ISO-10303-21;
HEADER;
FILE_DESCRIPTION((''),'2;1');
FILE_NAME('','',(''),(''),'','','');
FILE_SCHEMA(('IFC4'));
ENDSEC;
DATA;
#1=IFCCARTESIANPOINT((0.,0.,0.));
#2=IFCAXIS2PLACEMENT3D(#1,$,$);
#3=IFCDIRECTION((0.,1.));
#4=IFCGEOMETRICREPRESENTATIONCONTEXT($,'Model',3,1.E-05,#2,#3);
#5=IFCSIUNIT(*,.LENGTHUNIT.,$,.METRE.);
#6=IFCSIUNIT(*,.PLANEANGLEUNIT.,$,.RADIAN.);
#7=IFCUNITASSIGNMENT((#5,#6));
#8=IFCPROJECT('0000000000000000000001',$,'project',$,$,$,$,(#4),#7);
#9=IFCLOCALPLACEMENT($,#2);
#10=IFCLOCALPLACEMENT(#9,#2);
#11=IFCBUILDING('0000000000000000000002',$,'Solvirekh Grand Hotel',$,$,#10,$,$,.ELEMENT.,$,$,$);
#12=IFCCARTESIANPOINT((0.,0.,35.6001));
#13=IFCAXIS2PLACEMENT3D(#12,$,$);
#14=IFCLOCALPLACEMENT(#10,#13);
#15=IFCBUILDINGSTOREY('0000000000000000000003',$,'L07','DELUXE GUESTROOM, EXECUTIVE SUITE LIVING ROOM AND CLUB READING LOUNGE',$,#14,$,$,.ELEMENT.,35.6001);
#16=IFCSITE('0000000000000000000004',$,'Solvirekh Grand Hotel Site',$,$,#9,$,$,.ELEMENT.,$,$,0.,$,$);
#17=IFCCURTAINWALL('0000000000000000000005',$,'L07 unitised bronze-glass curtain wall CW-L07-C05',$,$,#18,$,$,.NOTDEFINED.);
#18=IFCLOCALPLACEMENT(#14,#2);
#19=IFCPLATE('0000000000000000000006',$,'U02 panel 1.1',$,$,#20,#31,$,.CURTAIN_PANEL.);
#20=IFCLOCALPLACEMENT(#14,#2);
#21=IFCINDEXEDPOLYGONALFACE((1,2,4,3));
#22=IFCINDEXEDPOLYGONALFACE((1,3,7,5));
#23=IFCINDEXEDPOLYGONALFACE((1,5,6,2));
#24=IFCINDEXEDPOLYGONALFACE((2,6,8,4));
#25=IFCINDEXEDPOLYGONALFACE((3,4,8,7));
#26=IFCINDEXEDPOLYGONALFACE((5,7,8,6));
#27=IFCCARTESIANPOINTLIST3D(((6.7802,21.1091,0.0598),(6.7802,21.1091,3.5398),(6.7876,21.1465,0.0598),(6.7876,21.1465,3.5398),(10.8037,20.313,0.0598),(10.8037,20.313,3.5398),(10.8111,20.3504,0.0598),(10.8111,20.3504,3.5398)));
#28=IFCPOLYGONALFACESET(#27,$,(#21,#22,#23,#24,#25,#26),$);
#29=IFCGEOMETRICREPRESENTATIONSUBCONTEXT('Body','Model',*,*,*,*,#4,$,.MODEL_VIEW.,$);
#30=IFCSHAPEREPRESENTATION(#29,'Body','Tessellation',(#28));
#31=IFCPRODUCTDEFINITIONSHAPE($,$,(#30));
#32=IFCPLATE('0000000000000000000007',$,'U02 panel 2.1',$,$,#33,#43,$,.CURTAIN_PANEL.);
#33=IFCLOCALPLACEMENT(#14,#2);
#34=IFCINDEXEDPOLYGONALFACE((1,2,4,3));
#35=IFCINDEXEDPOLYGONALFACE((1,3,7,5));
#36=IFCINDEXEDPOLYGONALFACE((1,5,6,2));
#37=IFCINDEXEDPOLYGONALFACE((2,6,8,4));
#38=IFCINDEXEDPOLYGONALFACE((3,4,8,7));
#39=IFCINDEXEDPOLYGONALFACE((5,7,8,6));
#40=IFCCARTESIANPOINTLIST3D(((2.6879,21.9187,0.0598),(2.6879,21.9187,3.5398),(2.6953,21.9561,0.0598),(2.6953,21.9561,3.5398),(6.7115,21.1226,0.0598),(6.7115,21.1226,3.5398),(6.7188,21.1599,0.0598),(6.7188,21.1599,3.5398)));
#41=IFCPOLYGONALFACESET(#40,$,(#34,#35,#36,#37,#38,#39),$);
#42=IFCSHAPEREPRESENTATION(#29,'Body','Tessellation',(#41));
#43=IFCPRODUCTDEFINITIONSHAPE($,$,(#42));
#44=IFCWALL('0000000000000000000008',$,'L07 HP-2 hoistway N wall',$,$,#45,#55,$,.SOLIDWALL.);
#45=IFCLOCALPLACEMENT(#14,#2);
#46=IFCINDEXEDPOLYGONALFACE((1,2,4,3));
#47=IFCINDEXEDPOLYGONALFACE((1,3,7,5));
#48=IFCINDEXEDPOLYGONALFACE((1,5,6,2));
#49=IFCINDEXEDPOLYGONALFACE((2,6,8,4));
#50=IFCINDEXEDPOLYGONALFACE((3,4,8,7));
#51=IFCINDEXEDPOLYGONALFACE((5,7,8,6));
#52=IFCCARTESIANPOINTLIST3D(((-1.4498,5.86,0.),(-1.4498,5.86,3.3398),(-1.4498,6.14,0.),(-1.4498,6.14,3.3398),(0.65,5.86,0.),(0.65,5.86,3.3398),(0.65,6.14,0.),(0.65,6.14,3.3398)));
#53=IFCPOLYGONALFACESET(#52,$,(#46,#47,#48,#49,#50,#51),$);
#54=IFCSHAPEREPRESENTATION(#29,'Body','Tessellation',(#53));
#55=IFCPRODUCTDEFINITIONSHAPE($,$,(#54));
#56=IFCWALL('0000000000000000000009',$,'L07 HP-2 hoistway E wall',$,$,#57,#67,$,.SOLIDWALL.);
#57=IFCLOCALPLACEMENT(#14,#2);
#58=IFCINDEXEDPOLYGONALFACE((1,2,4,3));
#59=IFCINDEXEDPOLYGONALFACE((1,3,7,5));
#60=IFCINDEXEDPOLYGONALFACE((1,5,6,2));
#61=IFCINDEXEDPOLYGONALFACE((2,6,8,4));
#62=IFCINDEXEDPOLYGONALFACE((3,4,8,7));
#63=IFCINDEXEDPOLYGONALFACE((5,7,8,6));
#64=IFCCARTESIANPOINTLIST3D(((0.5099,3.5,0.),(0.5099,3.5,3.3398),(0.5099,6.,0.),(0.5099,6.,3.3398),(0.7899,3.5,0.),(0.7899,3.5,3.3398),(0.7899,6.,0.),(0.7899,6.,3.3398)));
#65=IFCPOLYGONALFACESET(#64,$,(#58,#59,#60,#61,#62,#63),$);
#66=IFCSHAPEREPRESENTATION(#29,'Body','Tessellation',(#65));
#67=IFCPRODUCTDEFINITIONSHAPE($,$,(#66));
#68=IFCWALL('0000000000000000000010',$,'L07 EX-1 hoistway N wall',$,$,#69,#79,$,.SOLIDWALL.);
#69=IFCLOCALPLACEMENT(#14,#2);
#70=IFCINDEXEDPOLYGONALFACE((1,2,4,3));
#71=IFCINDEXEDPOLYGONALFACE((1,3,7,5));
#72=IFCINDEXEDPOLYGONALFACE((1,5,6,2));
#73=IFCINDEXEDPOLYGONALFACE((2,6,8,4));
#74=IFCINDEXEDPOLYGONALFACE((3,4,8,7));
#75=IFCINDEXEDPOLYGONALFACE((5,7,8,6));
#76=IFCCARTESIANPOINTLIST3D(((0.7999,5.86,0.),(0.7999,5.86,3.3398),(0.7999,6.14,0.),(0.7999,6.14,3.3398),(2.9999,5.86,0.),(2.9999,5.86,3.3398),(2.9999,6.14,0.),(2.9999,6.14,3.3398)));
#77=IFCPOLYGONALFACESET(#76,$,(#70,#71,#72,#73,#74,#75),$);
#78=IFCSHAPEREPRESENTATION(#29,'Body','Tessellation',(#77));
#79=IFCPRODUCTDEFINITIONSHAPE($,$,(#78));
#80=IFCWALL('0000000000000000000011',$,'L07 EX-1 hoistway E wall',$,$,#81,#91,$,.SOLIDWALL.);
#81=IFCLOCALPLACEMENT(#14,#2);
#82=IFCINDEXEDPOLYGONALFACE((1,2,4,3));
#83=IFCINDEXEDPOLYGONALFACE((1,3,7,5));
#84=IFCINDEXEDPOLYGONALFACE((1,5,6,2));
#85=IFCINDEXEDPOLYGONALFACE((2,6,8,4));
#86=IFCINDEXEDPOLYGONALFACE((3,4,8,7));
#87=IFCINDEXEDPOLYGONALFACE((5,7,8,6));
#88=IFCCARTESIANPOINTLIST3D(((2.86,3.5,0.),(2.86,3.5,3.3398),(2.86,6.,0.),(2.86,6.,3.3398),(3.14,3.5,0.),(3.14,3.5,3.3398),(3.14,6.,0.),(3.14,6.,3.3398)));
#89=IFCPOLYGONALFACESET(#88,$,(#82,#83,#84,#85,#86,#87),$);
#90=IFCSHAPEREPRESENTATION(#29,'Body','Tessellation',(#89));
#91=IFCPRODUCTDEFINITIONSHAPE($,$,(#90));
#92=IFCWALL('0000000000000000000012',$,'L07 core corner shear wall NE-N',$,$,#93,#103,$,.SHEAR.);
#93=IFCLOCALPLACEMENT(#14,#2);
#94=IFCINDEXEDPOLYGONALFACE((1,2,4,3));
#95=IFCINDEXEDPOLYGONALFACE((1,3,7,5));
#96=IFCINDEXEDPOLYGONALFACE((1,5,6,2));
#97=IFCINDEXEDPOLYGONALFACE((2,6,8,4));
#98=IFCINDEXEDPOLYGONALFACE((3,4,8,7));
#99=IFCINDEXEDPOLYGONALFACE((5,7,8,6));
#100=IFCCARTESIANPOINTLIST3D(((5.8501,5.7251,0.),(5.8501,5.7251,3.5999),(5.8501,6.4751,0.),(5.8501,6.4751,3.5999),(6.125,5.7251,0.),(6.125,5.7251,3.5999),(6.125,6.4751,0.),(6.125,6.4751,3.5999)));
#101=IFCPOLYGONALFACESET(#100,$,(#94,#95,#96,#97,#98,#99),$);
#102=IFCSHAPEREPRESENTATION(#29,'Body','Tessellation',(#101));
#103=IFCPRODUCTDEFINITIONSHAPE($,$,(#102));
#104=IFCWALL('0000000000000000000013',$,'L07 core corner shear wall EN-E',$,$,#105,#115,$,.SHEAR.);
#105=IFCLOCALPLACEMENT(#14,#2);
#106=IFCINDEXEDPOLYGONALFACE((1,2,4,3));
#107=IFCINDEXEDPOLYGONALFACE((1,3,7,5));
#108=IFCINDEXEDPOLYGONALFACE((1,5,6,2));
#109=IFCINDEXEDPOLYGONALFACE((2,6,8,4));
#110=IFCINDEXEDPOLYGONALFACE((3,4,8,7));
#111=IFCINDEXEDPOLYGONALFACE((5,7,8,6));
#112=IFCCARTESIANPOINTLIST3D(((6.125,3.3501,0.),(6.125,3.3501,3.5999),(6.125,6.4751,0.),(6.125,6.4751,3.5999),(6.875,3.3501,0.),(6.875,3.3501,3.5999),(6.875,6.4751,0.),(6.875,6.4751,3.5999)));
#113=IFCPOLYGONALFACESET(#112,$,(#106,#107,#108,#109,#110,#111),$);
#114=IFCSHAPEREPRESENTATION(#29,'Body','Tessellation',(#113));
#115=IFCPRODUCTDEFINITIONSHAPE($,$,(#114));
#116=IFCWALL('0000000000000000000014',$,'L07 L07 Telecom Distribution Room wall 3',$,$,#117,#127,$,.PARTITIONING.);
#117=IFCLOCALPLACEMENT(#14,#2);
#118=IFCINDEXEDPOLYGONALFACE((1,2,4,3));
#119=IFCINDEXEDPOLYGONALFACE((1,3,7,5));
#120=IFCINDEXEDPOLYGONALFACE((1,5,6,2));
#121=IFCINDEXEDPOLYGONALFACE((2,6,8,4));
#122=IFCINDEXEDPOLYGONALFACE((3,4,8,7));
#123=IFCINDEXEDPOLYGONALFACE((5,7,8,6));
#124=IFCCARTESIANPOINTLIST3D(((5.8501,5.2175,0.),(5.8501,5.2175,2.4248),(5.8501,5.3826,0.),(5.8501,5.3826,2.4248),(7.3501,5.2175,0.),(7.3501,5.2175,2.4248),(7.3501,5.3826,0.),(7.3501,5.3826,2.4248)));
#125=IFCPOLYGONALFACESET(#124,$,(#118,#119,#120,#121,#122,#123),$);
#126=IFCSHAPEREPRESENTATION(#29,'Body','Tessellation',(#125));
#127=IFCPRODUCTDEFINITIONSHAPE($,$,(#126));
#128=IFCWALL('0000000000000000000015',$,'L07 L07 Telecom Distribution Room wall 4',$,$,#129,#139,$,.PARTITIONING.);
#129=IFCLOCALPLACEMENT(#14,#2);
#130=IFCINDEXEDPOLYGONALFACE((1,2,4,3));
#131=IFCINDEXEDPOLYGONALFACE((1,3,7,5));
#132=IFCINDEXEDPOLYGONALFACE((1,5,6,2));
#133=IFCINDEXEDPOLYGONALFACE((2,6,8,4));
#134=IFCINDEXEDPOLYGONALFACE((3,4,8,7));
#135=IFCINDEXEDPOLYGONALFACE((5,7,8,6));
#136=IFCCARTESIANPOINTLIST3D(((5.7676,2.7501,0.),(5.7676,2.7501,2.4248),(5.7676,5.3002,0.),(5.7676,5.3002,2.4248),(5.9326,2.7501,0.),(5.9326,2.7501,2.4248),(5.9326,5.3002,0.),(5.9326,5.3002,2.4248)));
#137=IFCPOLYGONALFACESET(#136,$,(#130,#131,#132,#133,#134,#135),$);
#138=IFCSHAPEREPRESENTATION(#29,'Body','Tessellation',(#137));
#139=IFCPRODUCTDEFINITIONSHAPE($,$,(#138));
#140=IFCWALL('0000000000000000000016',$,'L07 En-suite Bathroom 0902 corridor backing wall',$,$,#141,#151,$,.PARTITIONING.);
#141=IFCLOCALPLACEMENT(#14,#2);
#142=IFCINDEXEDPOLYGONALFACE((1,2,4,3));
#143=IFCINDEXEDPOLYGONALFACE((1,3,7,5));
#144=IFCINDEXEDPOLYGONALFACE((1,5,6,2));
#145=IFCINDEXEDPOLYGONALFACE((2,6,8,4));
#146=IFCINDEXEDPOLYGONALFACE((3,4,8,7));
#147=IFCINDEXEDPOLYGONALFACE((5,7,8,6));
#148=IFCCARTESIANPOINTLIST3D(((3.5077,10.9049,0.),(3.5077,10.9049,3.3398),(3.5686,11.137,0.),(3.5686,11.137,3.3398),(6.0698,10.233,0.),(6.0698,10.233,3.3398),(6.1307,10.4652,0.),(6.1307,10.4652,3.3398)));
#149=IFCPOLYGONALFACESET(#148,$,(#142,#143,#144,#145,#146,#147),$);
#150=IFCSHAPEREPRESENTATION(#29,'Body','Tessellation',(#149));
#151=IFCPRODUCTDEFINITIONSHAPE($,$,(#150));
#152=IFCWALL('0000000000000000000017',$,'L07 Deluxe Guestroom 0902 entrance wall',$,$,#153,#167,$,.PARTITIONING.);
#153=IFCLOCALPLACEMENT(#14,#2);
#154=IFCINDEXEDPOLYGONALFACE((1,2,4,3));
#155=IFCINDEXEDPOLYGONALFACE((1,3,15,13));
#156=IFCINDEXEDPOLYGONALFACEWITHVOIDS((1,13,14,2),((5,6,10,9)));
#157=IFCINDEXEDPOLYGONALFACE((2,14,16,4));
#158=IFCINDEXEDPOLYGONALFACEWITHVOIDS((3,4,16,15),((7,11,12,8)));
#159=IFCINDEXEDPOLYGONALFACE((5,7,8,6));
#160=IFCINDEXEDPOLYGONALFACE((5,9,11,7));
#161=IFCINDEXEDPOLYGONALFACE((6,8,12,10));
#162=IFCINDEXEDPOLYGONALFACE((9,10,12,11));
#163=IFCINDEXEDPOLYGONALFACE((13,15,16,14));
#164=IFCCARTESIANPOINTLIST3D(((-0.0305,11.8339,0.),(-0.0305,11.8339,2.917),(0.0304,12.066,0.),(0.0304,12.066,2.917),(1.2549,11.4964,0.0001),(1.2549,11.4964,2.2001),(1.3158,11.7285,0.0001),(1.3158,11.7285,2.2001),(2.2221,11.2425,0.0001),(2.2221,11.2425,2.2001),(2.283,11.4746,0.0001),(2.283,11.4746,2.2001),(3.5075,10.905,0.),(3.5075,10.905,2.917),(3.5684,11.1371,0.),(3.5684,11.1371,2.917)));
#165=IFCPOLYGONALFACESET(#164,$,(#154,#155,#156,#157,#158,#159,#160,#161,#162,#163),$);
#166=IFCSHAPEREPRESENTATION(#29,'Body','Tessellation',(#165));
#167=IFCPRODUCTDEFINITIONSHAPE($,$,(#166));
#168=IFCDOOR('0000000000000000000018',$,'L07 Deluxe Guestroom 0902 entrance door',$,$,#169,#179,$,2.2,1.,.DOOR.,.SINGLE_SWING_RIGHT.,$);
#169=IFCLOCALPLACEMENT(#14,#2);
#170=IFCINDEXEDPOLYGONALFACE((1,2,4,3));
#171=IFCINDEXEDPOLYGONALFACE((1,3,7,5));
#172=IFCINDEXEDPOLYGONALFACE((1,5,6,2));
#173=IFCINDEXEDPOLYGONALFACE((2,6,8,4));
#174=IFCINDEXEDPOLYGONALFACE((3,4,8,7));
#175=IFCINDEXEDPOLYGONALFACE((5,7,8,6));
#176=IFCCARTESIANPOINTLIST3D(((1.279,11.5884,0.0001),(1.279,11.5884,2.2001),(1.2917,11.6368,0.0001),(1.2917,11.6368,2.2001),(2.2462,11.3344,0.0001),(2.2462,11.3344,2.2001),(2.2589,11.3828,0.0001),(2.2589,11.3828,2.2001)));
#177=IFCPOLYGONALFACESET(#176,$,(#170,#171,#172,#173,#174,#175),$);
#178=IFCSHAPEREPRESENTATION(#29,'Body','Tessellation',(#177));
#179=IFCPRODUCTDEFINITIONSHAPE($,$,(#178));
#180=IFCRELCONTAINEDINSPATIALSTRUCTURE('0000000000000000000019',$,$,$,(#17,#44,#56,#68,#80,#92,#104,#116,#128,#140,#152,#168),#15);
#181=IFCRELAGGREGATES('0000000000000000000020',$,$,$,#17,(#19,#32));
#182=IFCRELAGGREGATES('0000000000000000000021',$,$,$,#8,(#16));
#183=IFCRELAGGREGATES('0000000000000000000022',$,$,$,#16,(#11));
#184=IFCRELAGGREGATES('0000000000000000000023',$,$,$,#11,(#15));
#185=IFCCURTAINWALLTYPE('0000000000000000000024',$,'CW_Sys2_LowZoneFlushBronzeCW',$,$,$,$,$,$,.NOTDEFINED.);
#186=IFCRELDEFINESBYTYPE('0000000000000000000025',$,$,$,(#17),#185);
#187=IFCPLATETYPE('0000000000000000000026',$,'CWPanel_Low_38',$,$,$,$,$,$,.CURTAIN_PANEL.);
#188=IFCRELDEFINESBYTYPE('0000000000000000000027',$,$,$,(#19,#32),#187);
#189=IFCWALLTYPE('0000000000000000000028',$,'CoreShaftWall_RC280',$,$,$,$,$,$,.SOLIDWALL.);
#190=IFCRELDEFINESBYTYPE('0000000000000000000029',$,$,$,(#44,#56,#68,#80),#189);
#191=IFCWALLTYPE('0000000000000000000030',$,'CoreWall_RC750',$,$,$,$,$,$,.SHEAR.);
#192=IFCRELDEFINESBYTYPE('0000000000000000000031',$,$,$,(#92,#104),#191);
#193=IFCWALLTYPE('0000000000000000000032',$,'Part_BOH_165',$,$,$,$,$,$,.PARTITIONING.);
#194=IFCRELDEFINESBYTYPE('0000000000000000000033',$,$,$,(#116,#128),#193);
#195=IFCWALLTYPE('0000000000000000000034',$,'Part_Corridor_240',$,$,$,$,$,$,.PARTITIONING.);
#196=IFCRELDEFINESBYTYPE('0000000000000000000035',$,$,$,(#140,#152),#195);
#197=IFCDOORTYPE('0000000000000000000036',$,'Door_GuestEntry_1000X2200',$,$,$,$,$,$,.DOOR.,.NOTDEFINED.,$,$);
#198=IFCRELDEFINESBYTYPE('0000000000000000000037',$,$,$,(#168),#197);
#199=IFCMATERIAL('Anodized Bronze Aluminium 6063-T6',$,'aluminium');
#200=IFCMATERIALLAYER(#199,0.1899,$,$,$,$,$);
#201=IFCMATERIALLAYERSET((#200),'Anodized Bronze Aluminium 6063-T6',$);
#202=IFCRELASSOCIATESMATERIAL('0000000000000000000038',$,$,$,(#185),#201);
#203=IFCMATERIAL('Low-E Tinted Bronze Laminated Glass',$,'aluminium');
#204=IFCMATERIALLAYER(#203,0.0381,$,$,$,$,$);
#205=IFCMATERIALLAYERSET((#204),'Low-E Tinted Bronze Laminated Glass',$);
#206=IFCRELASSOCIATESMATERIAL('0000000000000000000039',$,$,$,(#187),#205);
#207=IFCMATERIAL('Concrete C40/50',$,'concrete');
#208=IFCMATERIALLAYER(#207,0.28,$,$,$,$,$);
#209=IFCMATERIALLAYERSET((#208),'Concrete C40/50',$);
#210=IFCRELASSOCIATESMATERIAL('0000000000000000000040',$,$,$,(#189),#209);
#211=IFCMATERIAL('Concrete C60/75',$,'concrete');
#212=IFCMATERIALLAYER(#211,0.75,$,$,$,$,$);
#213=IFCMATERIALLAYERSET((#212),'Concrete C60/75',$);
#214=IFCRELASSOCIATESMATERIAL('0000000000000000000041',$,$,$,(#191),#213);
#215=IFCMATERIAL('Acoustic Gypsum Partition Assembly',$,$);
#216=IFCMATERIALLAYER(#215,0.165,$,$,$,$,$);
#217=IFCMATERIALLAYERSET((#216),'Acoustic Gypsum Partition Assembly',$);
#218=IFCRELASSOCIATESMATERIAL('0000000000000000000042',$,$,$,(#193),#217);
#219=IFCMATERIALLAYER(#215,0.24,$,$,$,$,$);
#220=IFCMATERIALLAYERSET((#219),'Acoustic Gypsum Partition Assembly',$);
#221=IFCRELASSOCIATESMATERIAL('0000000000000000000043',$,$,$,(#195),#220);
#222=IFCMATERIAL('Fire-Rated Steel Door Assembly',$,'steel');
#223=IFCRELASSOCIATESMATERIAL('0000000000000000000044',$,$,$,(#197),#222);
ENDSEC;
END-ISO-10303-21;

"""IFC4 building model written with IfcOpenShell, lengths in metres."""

from ifc_helpers import new_model, si_unit, direction, frame, frame_2d, origin, origin_2d, place, context, subcontext, project, spatial, rectangle, extrude, source, transform, mapped, material, layer, layer_set, type_object, element, fill, aggregate, save


model = new_model("IFC4")

# Units and contexts
model_context = context("Model", 3, precision=1e-05, world=origin(), true_north=direction((0.0, 1.0)))
body_context = subcontext(model_context, "Body", "Model", "MODEL_VIEW")
ifc_project = project(units=[si_unit("LENGTHUNIT", "METRE"), si_unit("PLANEANGLEUNIT", "RADIAN")], contexts=[model_context])

# Site, building, storey
site_placement = place(None, origin())
site = spatial("IfcSite", under=ifc_project, at=site_placement, Name="Solvirekh Grand Hotel Site", CompositionType="ELEMENT", RefElevation=0.0)
building_placement = place(site_placement, origin())
building = spatial("IfcBuilding", under=site, at=building_placement, Name="Solvirekh Grand Hotel", CompositionType="ELEMENT")
storey_placement = place(building_placement, frame((0.0, 0.0, 35.6001)))
storey = spatial("IfcBuildingStorey", under=building, at=storey_placement, Name="L07", Description="DELUXE GUESTROOM, EXECUTIVE SUITE LIVING ROOM AND CLUB READING LOUNGE", CompositionType="ELEMENT", Elevation=35.6001)

# Shared definitions
ifc_material_1 = material(Name="Concrete C60/75", Category="concrete")

# Curtain wall, plates
ifc_material_2 = material(Name="Anodized Bronze Aluminium 6063-T6", Category="aluminium")
ifc_layer_1 = layer(ifc_material_2, 0.1899)
ifc_layer_set_1 = layer_set([ifc_layer_1], Name="Anodized Bronze Aluminium 6063-T6")
curtain_wall_type = type_object("IfcCurtainWallType", Name="CW_Sys2_LowZoneFlushBronzeCW", PredefinedType="NOTDEFINED", material=ifc_layer_set_1)
curtain_wall_placement = place(storey_placement, origin())
curtain_wall = element("IfcCurtainWall", 1, at=curtain_wall_placement, inside=storey, type_object=curtain_wall_type, Name="L07 unitised bronze-glass curtain wall CW-L07-C05", PredefinedType="NOTDEFINED")
ifc_material_3 = material(Name="Low-E Tinted Bronze Laminated Glass", Category="aluminium")
ifc_layer_2 = layer(ifc_material_3, 0.0381)
ifc_layer_set_2 = layer_set([ifc_layer_2], Name="Low-E Tinted Bronze Laminated Glass")
plate_type = type_object("IfcPlateType", Name="CWPanel_Low_38", PredefinedType="CURTAIN_PANEL", material=ifc_layer_set_2)
shared_shape_1 = source(origin(), body_context, "Body", "SweptSolid", [
    extrude(rectangle(XDim=4.1016, YDim=0.0381, at=origin_2d()), origin(), (0.0, 0.0, 1.0), 3.48),
])
plate_1_placement = place(storey_placement, frame((8.7957, 20.7297, 0.0598), z_axis=(0.0, 0.0, 1.0), x_axis=(-0.980981, 0.194104, 0.0)))
plate_1 = element("IfcPlate", 2, at=plate_1_placement, type_object=plate_type, Name="U02 panel 1.1", PredefinedType="CURTAIN_PANEL", context=body_context, shape_type="MappedRepresentation", body=[
    mapped(shared_shape_1, transform((0.0, 0.0, 0.0), x_axis=(1.0, 0.0, 0.0), y_axis=(0.0, 1.0, 0.0), z_axis=(0.0, 0.0, 1.0), scale=1.0)),
])
plate_2_placement = place(storey_placement, frame((4.7034, 21.5393, 0.0598), z_axis=(0.0, 0.0, 1.0), x_axis=(-0.980981, 0.194104, 0.0)))
plate_2 = element("IfcPlate", 3, at=plate_2_placement, type_object=plate_type, Name="U02 panel 2.1", PredefinedType="CURTAIN_PANEL", context=body_context, shape_type="MappedRepresentation", body=[
    mapped(shared_shape_1, transform((0.0, 0.0, 0.0), x_axis=(1.0, 0.0, 0.0), y_axis=(0.0, 1.0, 0.0), z_axis=(0.0, 0.0, 1.0), scale=1.0)),
])
aggregate(curtain_wall, [plate_1, plate_2])

# Walls
ifc_material_4 = material(Name="Concrete C40/50", Category="concrete")
ifc_layer_3 = layer(ifc_material_4, 0.28)
ifc_layer_set_3 = layer_set([ifc_layer_3], Name="Concrete C40/50")
wall_type_1 = type_object("IfcWallType", Name="CoreShaftWall_RC280", PredefinedType="SOLIDWALL", material=ifc_layer_set_3)
wall_1_placement = place(storey_placement, frame((0.6499, 6.0, 0.0), z_axis=(0.0, 0.0, 1.0), x_axis=(-1.0, 0.0, 0.0)))
element("IfcWall", 4, at=wall_1_placement, inside=storey, type_object=wall_type_1, Name="L07 HP-2 hoistway N wall", PredefinedType="SOLIDWALL", context=body_context, shape_type="SweptSolid", body=[
    extrude(rectangle(XDim=2.0999, YDim=0.28, at=frame_2d((1.0498, 0.0))), origin(), (0.0, 0.0, 1.0), 3.3398),
])
wall_2_placement = place(storey_placement, frame((0.6499, 3.5, 0.0), z_axis=(0.0, 0.0, 1.0), x_axis=(0.0, 1.0, 0.0)))
element("IfcWall", 5, at=wall_2_placement, inside=storey, type_object=wall_type_1, Name="L07 HP-2 hoistway E wall", PredefinedType="SOLIDWALL", context=body_context, shape_type="SweptSolid", body=[
    extrude(rectangle(XDim=2.5, YDim=0.28, at=frame_2d((1.25, 0.0))), origin(), (0.0, 0.0, 1.0), 3.3398),
])
wall_3_placement = place(storey_placement, frame((3.0, 6.0, 0.0), z_axis=(0.0, 0.0, 1.0), x_axis=(-1.0, 0.0, 0.0)))
element("IfcWall", 6, at=wall_3_placement, inside=storey, type_object=wall_type_1, Name="L07 EX-1 hoistway N wall", PredefinedType="SOLIDWALL", context=body_context, shape_type="SweptSolid", body=[
    extrude(rectangle(XDim=2.2, YDim=0.28, at=frame_2d((1.1001, 0.0))), origin(), (0.0, 0.0, 1.0), 3.3398),
])
wall_4_placement = place(storey_placement, frame((3.0, 3.5, 0.0), z_axis=(0.0, 0.0, 1.0), x_axis=(0.0, 1.0, 0.0)))
element("IfcWall", 7, at=wall_4_placement, inside=storey, type_object=wall_type_1, Name="L07 EX-1 hoistway E wall", PredefinedType="SOLIDWALL", context=body_context, shape_type="SweptSolid", body=[
    extrude(rectangle(XDim=2.5, YDim=0.28, at=frame_2d((1.25, 0.0))), origin(), (0.0, 0.0, 1.0), 3.3398),
])
ifc_layer_4 = layer(ifc_material_1, 0.75)
ifc_layer_set_4 = layer_set([ifc_layer_4], Name="Concrete C60/75")
wall_type_2 = type_object("IfcWallType", Name="CoreWall_RC750", PredefinedType="SHEAR", material=ifc_layer_set_4)
wall_5_placement = place(storey_placement, frame((5.8501, 6.1001, 0.0), z_axis=(0.0, 0.0, 1.0), x_axis=(1.0, 0.0, 0.0)))
element("IfcWall", 8, at=wall_5_placement, inside=storey, type_object=wall_type_2, Name="L07 core corner shear wall NE-N", PredefinedType="SHEAR", context=body_context, shape_type="SweptSolid", body=[
    extrude(rectangle(XDim=0.2749, YDim=0.75, at=frame_2d((0.1375, 0.0))), origin(), (0.0, 0.0, 1.0), 3.5999),
])
wall_6_placement = place(storey_placement, frame((6.5, 3.3501, 0.0), z_axis=(0.0, 0.0, 1.0), x_axis=(0.0, 1.0, 0.0)))
element("IfcWall", 9, at=wall_6_placement, inside=storey, type_object=wall_type_2, Name="L07 core corner shear wall EN-E", PredefinedType="SHEAR", context=body_context, shape_type="SweptSolid", body=[
    extrude(rectangle(XDim=3.125, YDim=0.75, at=frame_2d((1.5625, 0.0))), origin(), (0.0, 0.0, 1.0), 3.5999),
])

# Shared definitions
ifc_material_5 = material(Name="Acoustic Gypsum Partition Assembly")
ifc_layer_5 = layer(ifc_material_5, 0.165)
ifc_layer_set_5 = layer_set([ifc_layer_5], Name="Acoustic Gypsum Partition Assembly")
wall_type_3 = type_object("IfcWallType", Name="Part_BOH_165", PredefinedType="PARTITIONING", material=ifc_layer_set_5)
ifc_material_6 = material(Name="Fire-Rated Steel Door Assembly", Category="steel")

# Walls
wall_7_placement = place(storey_placement, frame((7.3501, 5.3, 0.0), z_axis=(0.0, 0.0, 1.0), x_axis=(-1.0, 0.0, 0.0)))
element("IfcWall", 10, at=wall_7_placement, inside=storey, type_object=wall_type_3, Name="L07 L07 Telecom Distribution Room wall 3", PredefinedType="PARTITIONING", context=body_context, shape_type="SweptSolid", body=[
    extrude(rectangle(XDim=1.5, YDim=0.165, at=frame_2d((0.75, 0.0))), origin(), (0.0, 0.0, 1.0), 2.4248),
])
wall_8_placement = place(storey_placement, frame((5.8501, 5.3, 0.0), z_axis=(0.0, 0.0, 1.0), x_axis=(0.0, -1.0, 0.0)))
element("IfcWall", 11, at=wall_8_placement, inside=storey, type_object=wall_type_3, Name="L07 L07 Telecom Distribution Room wall 4", PredefinedType="PARTITIONING", context=body_context, shape_type="SweptSolid", body=[
    extrude(rectangle(XDim=2.55, YDim=0.165, at=frame_2d((1.2749, 0.0))), origin(), (0.0, 0.0, 1.0), 2.4248),
])
ifc_layer_6 = layer(ifc_material_5, 0.24)
ifc_layer_set_6 = layer_set([ifc_layer_6], Name="Acoustic Gypsum Partition Assembly")
wall_type_4 = type_object("IfcWallType", Name="Part_Corridor_240", PredefinedType="PARTITIONING", material=ifc_layer_set_6)
wall_9_placement = place(storey_placement, frame((6.1001, 10.3491, 0.0), z_axis=(0.0, 0.0, 1.0), x_axis=(-0.967291, 0.253667, 0.0)))
element("IfcWall", 12, at=wall_9_placement, inside=storey, type_object=wall_type_4, Name="L07 En-suite Bathroom 0902 corridor backing wall", PredefinedType="PARTITIONING", context=body_context, shape_type="SweptSolid", body=[
    extrude(rectangle(XDim=2.6487, YDim=0.24, at=frame_2d((1.3242, 0.0))), origin(), (0.0, 0.0, 1.0), 3.3398),
])

# Wall, opening, door
wall_10_placement = place(storey_placement, frame((3.5381, 11.021, 0.0), z_axis=(0.0, 0.0, 1.0), x_axis=(-0.967217, 0.253951, 0.0)))
wall_10 = element("IfcWall", 13, at=wall_10_placement, inside=storey, type_object=wall_type_4, Name="L07 Deluxe Guestroom 0902 entrance wall", PredefinedType="PARTITIONING", context=body_context, shape_type="SweptSolid", body=[
    extrude(rectangle(XDim=3.658, YDim=0.24, at=frame_2d((1.8291, 0.0))), origin(), (0.0, 0.0, 1.0), 2.917),
])
opening_1_placement = place(wall_10_placement, frame((1.3291, 0.0, 0.0)))
opening_1 = element("IfcOpeningElement", 14, at=opening_1_placement, cuts=wall_10, PredefinedType="OPENING", context=body_context, shape_type="SweptSolid", body=[
    extrude(rectangle(XDim=1.0, YDim=2.2, at=frame_2d((0.5, 1.1001))), frame((0.0, 0.1299, 0.0), z_axis=(0.0, -1.0, 0.0), x_axis=(1.0, 0.0, 0.0)), (0.0, 0.0, 1.0), 0.26),
])
door_type_1 = type_object("IfcDoorType", Name="Door_GuestEntry_1000X2200", OperationType="NOTDEFINED", PredefinedType="DOOR", material=ifc_material_6)
door_1_placement = place(opening_1_placement, origin())
door_1 = element("IfcDoor", 15, at=door_1_placement, inside=storey, type_object=door_type_1, Name="L07 Deluxe Guestroom 0902 entrance door", OperationType="SINGLE_SWING_RIGHT", OverallHeight=2.2, OverallWidth=1.0, PredefinedType="DOOR", context=body_context, shape_type="SweptSolid", body=[
    extrude(rectangle(XDim=1.0, YDim=2.2, at=frame_2d((0.5, 1.1001))), frame((0.0, 0.0249, 0.0), z_axis=(0.0, -1.0, 0.0), x_axis=(1.0, 0.0, 0.0)), (0.0, 0.0, 1.0), 0.05),
])
fill(opening_1, door_1)

save(model, "model.ifc")
